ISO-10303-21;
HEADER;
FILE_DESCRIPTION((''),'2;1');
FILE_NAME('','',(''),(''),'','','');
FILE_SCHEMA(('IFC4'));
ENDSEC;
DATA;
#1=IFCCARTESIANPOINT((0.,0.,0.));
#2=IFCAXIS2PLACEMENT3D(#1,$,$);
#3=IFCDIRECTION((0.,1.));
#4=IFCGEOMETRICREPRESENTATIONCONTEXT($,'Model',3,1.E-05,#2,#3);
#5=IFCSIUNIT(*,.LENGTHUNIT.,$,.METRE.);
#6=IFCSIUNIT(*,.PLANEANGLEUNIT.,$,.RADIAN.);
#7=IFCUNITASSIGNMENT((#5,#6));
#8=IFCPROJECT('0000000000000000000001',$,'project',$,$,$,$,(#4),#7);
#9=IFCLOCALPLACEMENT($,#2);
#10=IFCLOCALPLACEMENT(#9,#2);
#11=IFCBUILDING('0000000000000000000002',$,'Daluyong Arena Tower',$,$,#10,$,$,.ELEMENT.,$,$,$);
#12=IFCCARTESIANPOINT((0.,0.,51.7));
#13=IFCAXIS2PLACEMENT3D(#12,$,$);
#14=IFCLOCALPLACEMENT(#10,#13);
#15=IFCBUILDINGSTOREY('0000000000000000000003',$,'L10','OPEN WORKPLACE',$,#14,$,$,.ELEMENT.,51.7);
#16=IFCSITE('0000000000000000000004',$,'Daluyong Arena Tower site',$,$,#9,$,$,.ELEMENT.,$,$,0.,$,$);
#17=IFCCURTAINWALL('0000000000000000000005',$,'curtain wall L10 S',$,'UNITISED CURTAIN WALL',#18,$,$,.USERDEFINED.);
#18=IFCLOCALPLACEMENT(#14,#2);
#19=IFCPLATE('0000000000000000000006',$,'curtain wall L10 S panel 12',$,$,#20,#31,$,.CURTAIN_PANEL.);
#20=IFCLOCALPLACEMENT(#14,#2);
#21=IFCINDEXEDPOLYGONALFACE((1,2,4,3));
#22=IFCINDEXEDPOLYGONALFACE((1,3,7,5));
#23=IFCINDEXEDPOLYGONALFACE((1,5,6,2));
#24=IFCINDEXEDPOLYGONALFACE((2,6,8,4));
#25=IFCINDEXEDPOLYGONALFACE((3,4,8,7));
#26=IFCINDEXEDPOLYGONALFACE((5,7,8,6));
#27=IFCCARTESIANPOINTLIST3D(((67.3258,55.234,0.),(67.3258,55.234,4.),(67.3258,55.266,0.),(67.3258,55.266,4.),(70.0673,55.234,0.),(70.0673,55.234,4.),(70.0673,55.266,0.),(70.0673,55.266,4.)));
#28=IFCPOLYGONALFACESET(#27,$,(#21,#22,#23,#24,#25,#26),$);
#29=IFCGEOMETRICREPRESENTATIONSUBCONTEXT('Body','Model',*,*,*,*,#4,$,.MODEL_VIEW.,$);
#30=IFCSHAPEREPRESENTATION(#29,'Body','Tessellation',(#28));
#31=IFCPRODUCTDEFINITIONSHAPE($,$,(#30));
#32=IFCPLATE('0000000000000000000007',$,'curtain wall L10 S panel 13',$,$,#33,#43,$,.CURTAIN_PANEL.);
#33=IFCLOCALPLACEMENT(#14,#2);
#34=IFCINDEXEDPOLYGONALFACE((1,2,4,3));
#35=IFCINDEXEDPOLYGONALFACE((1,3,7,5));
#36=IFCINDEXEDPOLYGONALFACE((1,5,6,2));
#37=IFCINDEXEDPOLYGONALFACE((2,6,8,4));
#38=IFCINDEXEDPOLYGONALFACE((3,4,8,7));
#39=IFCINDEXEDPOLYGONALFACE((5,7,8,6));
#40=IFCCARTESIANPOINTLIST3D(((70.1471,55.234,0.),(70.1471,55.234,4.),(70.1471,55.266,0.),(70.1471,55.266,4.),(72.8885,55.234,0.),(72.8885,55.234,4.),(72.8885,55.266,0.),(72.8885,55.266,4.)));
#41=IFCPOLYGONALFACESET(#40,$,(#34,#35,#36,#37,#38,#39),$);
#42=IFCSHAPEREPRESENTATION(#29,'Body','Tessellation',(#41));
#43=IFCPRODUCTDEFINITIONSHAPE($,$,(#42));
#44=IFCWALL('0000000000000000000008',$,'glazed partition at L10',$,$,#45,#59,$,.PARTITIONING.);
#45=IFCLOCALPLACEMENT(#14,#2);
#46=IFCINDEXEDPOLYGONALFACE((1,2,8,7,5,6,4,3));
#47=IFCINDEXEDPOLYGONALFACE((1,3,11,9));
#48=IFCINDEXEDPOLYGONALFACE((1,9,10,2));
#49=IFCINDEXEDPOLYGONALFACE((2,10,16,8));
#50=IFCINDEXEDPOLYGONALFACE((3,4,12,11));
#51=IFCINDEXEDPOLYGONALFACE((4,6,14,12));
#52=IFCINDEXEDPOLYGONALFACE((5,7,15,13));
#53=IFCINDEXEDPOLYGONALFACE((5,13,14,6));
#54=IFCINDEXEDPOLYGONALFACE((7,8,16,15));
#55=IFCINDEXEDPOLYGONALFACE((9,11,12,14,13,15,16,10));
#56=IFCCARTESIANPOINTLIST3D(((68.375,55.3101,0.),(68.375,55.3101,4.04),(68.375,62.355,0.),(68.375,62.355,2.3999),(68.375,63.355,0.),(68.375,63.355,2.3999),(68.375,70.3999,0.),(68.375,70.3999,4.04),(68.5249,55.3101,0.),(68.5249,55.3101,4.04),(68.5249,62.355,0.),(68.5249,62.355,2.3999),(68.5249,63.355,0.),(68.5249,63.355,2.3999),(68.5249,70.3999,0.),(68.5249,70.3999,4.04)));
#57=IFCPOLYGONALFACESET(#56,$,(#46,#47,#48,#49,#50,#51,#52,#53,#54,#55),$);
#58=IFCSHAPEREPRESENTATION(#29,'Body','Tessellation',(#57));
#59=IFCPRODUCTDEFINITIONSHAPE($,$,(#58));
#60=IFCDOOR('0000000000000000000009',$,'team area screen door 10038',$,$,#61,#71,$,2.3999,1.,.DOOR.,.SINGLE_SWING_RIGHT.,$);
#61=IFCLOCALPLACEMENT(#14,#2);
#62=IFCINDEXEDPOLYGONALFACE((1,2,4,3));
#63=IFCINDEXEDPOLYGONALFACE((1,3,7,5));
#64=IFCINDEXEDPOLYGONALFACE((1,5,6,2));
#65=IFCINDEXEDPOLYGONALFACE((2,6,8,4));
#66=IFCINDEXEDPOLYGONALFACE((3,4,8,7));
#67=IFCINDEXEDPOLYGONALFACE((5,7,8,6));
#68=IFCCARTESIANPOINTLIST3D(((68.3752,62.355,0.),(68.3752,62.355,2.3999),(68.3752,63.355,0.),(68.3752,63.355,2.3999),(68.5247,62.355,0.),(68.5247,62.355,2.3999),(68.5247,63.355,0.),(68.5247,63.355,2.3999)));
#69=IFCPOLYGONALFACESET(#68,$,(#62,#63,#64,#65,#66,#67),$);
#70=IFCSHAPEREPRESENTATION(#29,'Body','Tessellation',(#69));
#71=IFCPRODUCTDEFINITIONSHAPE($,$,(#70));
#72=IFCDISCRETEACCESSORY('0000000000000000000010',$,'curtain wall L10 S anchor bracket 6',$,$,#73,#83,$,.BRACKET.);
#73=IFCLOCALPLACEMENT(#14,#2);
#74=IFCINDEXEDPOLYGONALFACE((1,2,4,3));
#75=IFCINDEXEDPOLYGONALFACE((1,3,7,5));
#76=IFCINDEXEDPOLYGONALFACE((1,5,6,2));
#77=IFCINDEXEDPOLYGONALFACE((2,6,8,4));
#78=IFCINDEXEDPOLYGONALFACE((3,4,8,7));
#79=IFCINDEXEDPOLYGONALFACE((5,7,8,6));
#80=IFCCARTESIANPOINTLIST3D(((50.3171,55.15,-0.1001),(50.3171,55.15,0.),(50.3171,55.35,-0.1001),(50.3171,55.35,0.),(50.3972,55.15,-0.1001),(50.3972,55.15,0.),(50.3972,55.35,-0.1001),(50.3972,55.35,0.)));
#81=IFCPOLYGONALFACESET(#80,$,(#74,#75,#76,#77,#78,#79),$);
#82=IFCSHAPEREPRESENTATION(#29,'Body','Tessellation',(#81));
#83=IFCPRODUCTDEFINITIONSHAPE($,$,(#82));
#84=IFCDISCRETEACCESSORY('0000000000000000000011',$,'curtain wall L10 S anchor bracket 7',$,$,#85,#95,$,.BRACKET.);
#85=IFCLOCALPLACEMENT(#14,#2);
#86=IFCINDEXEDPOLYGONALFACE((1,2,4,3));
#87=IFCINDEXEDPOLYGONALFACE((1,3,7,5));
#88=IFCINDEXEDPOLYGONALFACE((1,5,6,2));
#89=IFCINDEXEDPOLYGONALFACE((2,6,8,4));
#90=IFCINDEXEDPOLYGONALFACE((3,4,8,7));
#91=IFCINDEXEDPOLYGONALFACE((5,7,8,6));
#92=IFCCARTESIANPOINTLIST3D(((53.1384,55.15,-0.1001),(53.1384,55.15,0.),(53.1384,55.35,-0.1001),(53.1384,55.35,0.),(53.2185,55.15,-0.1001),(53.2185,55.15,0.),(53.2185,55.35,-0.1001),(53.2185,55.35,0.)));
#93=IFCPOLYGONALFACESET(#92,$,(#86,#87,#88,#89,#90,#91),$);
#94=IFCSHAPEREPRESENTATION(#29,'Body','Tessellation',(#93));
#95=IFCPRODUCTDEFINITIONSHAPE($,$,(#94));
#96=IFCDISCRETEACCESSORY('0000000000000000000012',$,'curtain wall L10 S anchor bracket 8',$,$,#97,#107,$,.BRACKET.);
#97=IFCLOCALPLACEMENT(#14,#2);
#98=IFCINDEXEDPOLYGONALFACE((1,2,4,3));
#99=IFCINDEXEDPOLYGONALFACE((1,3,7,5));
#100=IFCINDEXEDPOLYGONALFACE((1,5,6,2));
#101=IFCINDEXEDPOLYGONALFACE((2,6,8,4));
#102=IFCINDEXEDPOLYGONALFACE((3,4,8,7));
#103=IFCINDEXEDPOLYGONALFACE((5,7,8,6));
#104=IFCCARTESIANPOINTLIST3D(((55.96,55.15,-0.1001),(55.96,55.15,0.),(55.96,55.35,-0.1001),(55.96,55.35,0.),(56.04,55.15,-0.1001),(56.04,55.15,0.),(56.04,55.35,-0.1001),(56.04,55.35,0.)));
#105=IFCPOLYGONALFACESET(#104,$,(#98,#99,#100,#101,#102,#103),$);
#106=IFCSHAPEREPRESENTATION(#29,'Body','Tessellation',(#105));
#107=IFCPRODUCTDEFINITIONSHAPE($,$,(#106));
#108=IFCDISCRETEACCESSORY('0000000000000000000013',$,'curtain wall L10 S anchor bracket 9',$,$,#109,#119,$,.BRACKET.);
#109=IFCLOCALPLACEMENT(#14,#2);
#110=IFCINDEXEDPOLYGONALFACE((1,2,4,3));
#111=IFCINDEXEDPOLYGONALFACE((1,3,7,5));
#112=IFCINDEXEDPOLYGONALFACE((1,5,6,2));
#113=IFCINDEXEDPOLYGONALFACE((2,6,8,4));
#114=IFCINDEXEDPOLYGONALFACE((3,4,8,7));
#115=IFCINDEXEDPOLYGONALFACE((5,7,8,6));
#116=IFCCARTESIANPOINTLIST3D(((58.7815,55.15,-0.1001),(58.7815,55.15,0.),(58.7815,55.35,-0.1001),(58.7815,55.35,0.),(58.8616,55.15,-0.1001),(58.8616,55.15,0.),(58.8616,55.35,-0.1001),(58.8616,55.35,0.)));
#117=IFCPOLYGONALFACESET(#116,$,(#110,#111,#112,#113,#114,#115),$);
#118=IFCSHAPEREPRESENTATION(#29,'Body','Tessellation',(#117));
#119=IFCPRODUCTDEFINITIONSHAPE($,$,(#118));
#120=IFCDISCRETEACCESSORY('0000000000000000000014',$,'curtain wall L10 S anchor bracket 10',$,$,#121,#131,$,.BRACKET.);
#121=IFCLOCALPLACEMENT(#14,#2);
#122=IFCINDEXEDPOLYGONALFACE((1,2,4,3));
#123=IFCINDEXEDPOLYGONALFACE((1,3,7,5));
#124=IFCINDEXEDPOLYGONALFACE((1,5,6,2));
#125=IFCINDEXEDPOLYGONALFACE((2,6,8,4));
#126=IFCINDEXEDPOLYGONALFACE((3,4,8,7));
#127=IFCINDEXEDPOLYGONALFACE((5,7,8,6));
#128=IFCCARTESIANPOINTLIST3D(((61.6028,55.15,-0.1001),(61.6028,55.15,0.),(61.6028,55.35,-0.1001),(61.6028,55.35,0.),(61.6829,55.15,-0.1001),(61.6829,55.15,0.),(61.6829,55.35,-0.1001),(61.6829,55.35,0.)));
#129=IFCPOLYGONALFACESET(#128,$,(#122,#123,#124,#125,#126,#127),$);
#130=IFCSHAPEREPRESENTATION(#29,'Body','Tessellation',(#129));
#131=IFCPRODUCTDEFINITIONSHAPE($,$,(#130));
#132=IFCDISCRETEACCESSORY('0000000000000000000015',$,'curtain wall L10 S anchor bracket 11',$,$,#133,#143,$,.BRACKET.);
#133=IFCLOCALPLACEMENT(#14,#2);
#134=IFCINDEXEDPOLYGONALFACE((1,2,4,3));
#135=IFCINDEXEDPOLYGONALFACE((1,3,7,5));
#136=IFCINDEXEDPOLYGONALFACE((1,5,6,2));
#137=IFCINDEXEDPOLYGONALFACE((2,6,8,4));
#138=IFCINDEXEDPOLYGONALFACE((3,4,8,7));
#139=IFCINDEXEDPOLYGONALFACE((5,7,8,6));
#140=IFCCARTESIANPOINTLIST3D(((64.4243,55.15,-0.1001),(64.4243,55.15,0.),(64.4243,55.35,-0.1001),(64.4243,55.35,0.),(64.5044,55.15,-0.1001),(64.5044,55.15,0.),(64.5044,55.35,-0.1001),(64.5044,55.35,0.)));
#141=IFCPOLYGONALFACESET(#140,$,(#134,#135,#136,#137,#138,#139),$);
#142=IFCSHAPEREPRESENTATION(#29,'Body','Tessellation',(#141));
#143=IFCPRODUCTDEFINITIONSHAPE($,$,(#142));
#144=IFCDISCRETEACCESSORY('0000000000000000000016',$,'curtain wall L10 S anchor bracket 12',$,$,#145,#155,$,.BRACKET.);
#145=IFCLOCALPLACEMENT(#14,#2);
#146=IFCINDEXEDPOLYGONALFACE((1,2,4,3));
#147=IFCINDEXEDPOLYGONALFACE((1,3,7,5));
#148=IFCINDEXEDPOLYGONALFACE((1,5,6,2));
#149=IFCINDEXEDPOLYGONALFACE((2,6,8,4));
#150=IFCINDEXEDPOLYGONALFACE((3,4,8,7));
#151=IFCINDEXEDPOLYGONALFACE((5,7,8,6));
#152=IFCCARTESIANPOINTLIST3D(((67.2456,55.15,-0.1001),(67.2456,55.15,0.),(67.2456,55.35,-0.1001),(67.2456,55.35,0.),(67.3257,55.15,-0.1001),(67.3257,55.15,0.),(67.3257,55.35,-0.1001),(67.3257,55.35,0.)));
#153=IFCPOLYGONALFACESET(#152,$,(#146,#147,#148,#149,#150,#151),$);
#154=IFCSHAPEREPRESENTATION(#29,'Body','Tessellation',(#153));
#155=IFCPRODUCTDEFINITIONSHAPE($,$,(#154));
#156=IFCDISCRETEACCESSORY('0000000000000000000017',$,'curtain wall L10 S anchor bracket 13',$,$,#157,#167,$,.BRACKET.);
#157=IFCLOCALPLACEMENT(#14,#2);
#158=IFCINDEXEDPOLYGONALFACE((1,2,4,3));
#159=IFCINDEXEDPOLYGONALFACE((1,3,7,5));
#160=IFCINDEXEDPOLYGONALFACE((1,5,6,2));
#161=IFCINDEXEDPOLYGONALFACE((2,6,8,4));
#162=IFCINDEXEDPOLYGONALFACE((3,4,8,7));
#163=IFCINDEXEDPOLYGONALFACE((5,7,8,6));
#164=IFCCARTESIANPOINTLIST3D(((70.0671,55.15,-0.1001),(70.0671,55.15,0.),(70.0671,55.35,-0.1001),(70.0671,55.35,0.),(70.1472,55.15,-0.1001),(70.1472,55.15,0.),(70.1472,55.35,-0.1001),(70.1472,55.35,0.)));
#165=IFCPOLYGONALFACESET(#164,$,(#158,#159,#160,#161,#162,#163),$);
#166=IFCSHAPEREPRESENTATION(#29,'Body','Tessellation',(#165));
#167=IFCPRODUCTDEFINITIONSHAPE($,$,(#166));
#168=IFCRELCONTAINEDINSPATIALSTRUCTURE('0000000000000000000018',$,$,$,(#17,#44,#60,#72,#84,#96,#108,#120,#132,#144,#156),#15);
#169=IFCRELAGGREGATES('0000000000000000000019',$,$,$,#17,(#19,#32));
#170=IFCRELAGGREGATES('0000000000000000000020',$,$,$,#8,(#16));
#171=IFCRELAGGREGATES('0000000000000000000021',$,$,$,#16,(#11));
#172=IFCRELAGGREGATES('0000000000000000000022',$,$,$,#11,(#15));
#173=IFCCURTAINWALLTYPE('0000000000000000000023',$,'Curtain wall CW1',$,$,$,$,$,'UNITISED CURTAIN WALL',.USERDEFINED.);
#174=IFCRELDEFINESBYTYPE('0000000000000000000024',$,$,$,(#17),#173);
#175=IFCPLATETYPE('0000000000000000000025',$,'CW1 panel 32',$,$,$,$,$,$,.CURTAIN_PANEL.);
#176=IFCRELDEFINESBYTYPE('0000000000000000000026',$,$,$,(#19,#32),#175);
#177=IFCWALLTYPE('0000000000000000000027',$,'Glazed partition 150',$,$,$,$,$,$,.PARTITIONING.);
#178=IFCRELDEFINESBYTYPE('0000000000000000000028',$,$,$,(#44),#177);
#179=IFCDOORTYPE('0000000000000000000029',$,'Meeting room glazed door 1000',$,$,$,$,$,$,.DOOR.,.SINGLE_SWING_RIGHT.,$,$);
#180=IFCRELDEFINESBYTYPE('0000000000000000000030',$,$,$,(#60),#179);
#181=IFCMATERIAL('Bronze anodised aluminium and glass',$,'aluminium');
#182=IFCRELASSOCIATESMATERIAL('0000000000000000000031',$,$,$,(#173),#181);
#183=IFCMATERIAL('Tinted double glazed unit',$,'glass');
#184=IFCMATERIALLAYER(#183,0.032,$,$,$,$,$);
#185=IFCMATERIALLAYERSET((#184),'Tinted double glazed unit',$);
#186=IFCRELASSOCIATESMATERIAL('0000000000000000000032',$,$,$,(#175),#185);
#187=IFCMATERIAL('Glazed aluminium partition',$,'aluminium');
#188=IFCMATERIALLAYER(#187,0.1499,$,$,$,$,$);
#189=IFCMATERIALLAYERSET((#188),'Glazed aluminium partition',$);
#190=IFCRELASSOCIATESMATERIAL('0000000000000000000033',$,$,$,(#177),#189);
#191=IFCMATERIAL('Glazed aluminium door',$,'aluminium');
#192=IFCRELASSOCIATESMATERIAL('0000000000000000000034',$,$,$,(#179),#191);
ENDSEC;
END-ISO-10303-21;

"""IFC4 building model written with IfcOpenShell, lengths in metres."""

from ifc_helpers import new_model, si_unit, direction, frame, frame_2d, origin, origin_2d, place, context, subcontext, project, spatial, rectangle, extrude, material, layer, layer_set, type_object, element, fill, aggregate, save


model = new_model("IFC4")

# Units and contexts
model_context = context("Model", 3, precision=1e-05, world=origin(), true_north=direction((0.0, 1.0)))
body_context = subcontext(model_context, "Body", "Model", "MODEL_VIEW")
ifc_project = project(units=[si_unit("LENGTHUNIT", "METRE"), si_unit("PLANEANGLEUNIT", "RADIAN")], contexts=[model_context])

# Site, building, storey
site_placement = place(None, origin())
site = spatial("IfcSite", under=ifc_project, at=site_placement, Name="Daluyong Arena Tower site", CompositionType="ELEMENT", RefElevation=0.0)
building_placement = place(site_placement, origin())
building = spatial("IfcBuilding", under=site, at=building_placement, Name="Daluyong Arena Tower", CompositionType="ELEMENT")
storey_placement = place(building_placement, frame((0.0, 0.0, 51.7)))
storey = spatial("IfcBuildingStorey", under=building, at=storey_placement, Name="L10", Description="OPEN WORKPLACE", CompositionType="ELEMENT", Elevation=51.7)

# Curtain wall
ifc_material_1 = material(Name="Bronze anodised aluminium and glass", Category="aluminium")
curtain_wall_type = type_object("IfcCurtainWallType", Name="Curtain wall CW1", ElementType="UNITISED CURTAIN WALL", PredefinedType="USERDEFINED", material=ifc_material_1)
curtain_wall_placement = place(storey_placement, origin())
curtain_wall = element("IfcCurtainWall", 1, at=curtain_wall_placement, inside=storey, type_object=curtain_wall_type, Name="curtain wall L10 S", ObjectType="UNITISED CURTAIN WALL", PredefinedType="USERDEFINED")

# Plates
ifc_material_2 = material(Name="Tinted double glazed unit", Category="glass")
ifc_layer_1 = layer(ifc_material_2, 0.032)
ifc_layer_set_1 = layer_set([ifc_layer_1], Name="Tinted double glazed unit")
plate_type = type_object("IfcPlateType", Name="CW1 panel 32", PredefinedType="CURTAIN_PANEL", material=ifc_layer_set_1)
plate_1_placement = place(storey_placement, frame((68.6965, 55.25, 0.0), z_axis=(0.0, 0.0, 1.0), x_axis=(1.0, 0.0, 0.0)))
plate_1 = element("IfcPlate", 2, at=plate_1_placement, type_object=plate_type, Name="curtain wall L10 S panel 12", PredefinedType="CURTAIN_PANEL", context=body_context, shape_type="SweptSolid", body=[
    extrude(rectangle(XDim=2.7415, YDim=0.032, at=origin_2d()), origin(), (0.0, 0.0, 1.0), 4.0),
])
plate_2_placement = place(storey_placement, frame((71.5178, 55.25, 0.0), z_axis=(0.0, 0.0, 1.0), x_axis=(1.0, 0.0, 0.0)))
plate_2 = element("IfcPlate", 3, at=plate_2_placement, type_object=plate_type, Name="curtain wall L10 S panel 13", PredefinedType="CURTAIN_PANEL", context=body_context, shape_type="SweptSolid", body=[
    extrude(rectangle(XDim=2.7415, YDim=0.032, at=origin_2d()), origin(), (0.0, 0.0, 1.0), 4.0),
])
aggregate(curtain_wall, [plate_1, plate_2])

# Wall, opening, door
ifc_material_3 = material(Name="Glazed aluminium partition", Category="aluminium")
ifc_layer_2 = layer(ifc_material_3, 0.1499)
ifc_layer_set_2 = layer_set([ifc_layer_2], Name="Glazed aluminium partition")
wall_type = type_object("IfcWallType", Name="Glazed partition 150", PredefinedType="PARTITIONING", material=ifc_layer_set_2)
wall_placement = place(storey_placement, frame((68.45, 55.3101, 0.0), z_axis=(0.0, 0.0, 1.0), x_axis=(0.0, 1.0, 0.0)))
wall = element("IfcWall", 4, at=wall_placement, inside=storey, type_object=wall_type, Name="glazed partition at L10", PredefinedType="PARTITIONING", context=body_context, shape_type="SweptSolid", body=[
    extrude(rectangle(XDim=15.0898, YDim=0.1499, at=frame_2d((7.5449, 0.0))), origin(), (0.0, 0.0, 1.0), 4.04),
])
opening_placement = place(wall_placement, frame((7.0449, 0.0, 0.0)))
opening = element("IfcOpeningElement", 5, at=opening_placement, cuts=wall, PredefinedType="OPENING", context=body_context, shape_type="SweptSolid", body=[
    extrude(rectangle(XDim=1.0, YDim=2.3999, at=frame_2d((0.5, 1.2))), frame((0.0, 0.085, 0.0), z_axis=(0.0, -1.0, 0.0), x_axis=(1.0, 0.0, 0.0)), (0.0, 0.0, 1.0), 0.1699),
])
ifc_material_4 = material(Name="Glazed aluminium door", Category="aluminium")
door_type = type_object("IfcDoorType", Name="Meeting room glazed door 1000", OperationType="SINGLE_SWING_RIGHT", PredefinedType="DOOR", material=ifc_material_4)
door_placement = place(opening_placement, origin())
door = element("IfcDoor", 6, at=door_placement, inside=storey, type_object=door_type, Name="team area screen door 10038", OperationType="SINGLE_SWING_RIGHT", OverallHeight=2.3999, OverallWidth=1.0, PredefinedType="DOOR", context=body_context, shape_type="SweptSolid", body=[
    extrude(rectangle(XDim=1.0, YDim=2.3999, at=frame_2d((0.5, 1.2))), frame((0.0, 0.0747, 0.0), z_axis=(0.0, -1.0, 0.0), x_axis=(1.0, 0.0, 0.0)), (0.0, 0.0, 1.0), 0.1494),
])
fill(opening, door)

# Discrete accessories
for number, where, z_axis, x_axis, name in (
    (7, (50.3572, 55.25, -0.1001), (0.0, 0.0, 1.0), (1.0, 0.0, 0.0), "curtain wall L10 S anchor bracket 6"),
    (8, (53.1785, 55.25, -0.1001), (0.0, 0.0, 1.0), (1.0, 0.0, 0.0), "curtain wall L10 S anchor bracket 7"),
    (9, (56.0, 55.25, -0.1001), (0.0, 0.0, 1.0), (1.0, 0.0, 0.0), "curtain wall L10 S anchor bracket 8"),
    (10, (58.8215, 55.25, -0.1001), (0.0, 0.0, 1.0), (1.0, 0.0, 0.0), "curtain wall L10 S anchor bracket 9"),
    (11, (61.6428, 55.25, -0.1001), (0.0, 0.0, 1.0), (1.0, 0.0, 0.0), "curtain wall L10 S anchor bracket 10"),
    (12, (64.4644, 55.25, -0.1001), (0.0, 0.0, 1.0), (1.0, 0.0, 0.0), "curtain wall L10 S anchor bracket 11"),
    (13, (67.2856, 55.25, -0.1001), (0.0, 0.0, 1.0), (1.0, 0.0, 0.0), "curtain wall L10 S anchor bracket 12"),
    (14, (70.1072, 55.25, -0.1001), (0.0, 0.0, 1.0), (1.0, 0.0, 0.0), "curtain wall L10 S anchor bracket 13"),
):
    element("IfcDiscreteAccessory", number, at=place(storey_placement, frame(where, z_axis=z_axis, x_axis=x_axis)), inside=storey, Name=name, PredefinedType="BRACKET", context=body_context, shape_type="SweptSolid", body=[
        extrude(rectangle(XDim=0.0801, YDim=0.2, at=origin_2d()), origin(), (0.0, 0.0, 1.0), 0.1001),
    ])

save(model, "model.ifc")
